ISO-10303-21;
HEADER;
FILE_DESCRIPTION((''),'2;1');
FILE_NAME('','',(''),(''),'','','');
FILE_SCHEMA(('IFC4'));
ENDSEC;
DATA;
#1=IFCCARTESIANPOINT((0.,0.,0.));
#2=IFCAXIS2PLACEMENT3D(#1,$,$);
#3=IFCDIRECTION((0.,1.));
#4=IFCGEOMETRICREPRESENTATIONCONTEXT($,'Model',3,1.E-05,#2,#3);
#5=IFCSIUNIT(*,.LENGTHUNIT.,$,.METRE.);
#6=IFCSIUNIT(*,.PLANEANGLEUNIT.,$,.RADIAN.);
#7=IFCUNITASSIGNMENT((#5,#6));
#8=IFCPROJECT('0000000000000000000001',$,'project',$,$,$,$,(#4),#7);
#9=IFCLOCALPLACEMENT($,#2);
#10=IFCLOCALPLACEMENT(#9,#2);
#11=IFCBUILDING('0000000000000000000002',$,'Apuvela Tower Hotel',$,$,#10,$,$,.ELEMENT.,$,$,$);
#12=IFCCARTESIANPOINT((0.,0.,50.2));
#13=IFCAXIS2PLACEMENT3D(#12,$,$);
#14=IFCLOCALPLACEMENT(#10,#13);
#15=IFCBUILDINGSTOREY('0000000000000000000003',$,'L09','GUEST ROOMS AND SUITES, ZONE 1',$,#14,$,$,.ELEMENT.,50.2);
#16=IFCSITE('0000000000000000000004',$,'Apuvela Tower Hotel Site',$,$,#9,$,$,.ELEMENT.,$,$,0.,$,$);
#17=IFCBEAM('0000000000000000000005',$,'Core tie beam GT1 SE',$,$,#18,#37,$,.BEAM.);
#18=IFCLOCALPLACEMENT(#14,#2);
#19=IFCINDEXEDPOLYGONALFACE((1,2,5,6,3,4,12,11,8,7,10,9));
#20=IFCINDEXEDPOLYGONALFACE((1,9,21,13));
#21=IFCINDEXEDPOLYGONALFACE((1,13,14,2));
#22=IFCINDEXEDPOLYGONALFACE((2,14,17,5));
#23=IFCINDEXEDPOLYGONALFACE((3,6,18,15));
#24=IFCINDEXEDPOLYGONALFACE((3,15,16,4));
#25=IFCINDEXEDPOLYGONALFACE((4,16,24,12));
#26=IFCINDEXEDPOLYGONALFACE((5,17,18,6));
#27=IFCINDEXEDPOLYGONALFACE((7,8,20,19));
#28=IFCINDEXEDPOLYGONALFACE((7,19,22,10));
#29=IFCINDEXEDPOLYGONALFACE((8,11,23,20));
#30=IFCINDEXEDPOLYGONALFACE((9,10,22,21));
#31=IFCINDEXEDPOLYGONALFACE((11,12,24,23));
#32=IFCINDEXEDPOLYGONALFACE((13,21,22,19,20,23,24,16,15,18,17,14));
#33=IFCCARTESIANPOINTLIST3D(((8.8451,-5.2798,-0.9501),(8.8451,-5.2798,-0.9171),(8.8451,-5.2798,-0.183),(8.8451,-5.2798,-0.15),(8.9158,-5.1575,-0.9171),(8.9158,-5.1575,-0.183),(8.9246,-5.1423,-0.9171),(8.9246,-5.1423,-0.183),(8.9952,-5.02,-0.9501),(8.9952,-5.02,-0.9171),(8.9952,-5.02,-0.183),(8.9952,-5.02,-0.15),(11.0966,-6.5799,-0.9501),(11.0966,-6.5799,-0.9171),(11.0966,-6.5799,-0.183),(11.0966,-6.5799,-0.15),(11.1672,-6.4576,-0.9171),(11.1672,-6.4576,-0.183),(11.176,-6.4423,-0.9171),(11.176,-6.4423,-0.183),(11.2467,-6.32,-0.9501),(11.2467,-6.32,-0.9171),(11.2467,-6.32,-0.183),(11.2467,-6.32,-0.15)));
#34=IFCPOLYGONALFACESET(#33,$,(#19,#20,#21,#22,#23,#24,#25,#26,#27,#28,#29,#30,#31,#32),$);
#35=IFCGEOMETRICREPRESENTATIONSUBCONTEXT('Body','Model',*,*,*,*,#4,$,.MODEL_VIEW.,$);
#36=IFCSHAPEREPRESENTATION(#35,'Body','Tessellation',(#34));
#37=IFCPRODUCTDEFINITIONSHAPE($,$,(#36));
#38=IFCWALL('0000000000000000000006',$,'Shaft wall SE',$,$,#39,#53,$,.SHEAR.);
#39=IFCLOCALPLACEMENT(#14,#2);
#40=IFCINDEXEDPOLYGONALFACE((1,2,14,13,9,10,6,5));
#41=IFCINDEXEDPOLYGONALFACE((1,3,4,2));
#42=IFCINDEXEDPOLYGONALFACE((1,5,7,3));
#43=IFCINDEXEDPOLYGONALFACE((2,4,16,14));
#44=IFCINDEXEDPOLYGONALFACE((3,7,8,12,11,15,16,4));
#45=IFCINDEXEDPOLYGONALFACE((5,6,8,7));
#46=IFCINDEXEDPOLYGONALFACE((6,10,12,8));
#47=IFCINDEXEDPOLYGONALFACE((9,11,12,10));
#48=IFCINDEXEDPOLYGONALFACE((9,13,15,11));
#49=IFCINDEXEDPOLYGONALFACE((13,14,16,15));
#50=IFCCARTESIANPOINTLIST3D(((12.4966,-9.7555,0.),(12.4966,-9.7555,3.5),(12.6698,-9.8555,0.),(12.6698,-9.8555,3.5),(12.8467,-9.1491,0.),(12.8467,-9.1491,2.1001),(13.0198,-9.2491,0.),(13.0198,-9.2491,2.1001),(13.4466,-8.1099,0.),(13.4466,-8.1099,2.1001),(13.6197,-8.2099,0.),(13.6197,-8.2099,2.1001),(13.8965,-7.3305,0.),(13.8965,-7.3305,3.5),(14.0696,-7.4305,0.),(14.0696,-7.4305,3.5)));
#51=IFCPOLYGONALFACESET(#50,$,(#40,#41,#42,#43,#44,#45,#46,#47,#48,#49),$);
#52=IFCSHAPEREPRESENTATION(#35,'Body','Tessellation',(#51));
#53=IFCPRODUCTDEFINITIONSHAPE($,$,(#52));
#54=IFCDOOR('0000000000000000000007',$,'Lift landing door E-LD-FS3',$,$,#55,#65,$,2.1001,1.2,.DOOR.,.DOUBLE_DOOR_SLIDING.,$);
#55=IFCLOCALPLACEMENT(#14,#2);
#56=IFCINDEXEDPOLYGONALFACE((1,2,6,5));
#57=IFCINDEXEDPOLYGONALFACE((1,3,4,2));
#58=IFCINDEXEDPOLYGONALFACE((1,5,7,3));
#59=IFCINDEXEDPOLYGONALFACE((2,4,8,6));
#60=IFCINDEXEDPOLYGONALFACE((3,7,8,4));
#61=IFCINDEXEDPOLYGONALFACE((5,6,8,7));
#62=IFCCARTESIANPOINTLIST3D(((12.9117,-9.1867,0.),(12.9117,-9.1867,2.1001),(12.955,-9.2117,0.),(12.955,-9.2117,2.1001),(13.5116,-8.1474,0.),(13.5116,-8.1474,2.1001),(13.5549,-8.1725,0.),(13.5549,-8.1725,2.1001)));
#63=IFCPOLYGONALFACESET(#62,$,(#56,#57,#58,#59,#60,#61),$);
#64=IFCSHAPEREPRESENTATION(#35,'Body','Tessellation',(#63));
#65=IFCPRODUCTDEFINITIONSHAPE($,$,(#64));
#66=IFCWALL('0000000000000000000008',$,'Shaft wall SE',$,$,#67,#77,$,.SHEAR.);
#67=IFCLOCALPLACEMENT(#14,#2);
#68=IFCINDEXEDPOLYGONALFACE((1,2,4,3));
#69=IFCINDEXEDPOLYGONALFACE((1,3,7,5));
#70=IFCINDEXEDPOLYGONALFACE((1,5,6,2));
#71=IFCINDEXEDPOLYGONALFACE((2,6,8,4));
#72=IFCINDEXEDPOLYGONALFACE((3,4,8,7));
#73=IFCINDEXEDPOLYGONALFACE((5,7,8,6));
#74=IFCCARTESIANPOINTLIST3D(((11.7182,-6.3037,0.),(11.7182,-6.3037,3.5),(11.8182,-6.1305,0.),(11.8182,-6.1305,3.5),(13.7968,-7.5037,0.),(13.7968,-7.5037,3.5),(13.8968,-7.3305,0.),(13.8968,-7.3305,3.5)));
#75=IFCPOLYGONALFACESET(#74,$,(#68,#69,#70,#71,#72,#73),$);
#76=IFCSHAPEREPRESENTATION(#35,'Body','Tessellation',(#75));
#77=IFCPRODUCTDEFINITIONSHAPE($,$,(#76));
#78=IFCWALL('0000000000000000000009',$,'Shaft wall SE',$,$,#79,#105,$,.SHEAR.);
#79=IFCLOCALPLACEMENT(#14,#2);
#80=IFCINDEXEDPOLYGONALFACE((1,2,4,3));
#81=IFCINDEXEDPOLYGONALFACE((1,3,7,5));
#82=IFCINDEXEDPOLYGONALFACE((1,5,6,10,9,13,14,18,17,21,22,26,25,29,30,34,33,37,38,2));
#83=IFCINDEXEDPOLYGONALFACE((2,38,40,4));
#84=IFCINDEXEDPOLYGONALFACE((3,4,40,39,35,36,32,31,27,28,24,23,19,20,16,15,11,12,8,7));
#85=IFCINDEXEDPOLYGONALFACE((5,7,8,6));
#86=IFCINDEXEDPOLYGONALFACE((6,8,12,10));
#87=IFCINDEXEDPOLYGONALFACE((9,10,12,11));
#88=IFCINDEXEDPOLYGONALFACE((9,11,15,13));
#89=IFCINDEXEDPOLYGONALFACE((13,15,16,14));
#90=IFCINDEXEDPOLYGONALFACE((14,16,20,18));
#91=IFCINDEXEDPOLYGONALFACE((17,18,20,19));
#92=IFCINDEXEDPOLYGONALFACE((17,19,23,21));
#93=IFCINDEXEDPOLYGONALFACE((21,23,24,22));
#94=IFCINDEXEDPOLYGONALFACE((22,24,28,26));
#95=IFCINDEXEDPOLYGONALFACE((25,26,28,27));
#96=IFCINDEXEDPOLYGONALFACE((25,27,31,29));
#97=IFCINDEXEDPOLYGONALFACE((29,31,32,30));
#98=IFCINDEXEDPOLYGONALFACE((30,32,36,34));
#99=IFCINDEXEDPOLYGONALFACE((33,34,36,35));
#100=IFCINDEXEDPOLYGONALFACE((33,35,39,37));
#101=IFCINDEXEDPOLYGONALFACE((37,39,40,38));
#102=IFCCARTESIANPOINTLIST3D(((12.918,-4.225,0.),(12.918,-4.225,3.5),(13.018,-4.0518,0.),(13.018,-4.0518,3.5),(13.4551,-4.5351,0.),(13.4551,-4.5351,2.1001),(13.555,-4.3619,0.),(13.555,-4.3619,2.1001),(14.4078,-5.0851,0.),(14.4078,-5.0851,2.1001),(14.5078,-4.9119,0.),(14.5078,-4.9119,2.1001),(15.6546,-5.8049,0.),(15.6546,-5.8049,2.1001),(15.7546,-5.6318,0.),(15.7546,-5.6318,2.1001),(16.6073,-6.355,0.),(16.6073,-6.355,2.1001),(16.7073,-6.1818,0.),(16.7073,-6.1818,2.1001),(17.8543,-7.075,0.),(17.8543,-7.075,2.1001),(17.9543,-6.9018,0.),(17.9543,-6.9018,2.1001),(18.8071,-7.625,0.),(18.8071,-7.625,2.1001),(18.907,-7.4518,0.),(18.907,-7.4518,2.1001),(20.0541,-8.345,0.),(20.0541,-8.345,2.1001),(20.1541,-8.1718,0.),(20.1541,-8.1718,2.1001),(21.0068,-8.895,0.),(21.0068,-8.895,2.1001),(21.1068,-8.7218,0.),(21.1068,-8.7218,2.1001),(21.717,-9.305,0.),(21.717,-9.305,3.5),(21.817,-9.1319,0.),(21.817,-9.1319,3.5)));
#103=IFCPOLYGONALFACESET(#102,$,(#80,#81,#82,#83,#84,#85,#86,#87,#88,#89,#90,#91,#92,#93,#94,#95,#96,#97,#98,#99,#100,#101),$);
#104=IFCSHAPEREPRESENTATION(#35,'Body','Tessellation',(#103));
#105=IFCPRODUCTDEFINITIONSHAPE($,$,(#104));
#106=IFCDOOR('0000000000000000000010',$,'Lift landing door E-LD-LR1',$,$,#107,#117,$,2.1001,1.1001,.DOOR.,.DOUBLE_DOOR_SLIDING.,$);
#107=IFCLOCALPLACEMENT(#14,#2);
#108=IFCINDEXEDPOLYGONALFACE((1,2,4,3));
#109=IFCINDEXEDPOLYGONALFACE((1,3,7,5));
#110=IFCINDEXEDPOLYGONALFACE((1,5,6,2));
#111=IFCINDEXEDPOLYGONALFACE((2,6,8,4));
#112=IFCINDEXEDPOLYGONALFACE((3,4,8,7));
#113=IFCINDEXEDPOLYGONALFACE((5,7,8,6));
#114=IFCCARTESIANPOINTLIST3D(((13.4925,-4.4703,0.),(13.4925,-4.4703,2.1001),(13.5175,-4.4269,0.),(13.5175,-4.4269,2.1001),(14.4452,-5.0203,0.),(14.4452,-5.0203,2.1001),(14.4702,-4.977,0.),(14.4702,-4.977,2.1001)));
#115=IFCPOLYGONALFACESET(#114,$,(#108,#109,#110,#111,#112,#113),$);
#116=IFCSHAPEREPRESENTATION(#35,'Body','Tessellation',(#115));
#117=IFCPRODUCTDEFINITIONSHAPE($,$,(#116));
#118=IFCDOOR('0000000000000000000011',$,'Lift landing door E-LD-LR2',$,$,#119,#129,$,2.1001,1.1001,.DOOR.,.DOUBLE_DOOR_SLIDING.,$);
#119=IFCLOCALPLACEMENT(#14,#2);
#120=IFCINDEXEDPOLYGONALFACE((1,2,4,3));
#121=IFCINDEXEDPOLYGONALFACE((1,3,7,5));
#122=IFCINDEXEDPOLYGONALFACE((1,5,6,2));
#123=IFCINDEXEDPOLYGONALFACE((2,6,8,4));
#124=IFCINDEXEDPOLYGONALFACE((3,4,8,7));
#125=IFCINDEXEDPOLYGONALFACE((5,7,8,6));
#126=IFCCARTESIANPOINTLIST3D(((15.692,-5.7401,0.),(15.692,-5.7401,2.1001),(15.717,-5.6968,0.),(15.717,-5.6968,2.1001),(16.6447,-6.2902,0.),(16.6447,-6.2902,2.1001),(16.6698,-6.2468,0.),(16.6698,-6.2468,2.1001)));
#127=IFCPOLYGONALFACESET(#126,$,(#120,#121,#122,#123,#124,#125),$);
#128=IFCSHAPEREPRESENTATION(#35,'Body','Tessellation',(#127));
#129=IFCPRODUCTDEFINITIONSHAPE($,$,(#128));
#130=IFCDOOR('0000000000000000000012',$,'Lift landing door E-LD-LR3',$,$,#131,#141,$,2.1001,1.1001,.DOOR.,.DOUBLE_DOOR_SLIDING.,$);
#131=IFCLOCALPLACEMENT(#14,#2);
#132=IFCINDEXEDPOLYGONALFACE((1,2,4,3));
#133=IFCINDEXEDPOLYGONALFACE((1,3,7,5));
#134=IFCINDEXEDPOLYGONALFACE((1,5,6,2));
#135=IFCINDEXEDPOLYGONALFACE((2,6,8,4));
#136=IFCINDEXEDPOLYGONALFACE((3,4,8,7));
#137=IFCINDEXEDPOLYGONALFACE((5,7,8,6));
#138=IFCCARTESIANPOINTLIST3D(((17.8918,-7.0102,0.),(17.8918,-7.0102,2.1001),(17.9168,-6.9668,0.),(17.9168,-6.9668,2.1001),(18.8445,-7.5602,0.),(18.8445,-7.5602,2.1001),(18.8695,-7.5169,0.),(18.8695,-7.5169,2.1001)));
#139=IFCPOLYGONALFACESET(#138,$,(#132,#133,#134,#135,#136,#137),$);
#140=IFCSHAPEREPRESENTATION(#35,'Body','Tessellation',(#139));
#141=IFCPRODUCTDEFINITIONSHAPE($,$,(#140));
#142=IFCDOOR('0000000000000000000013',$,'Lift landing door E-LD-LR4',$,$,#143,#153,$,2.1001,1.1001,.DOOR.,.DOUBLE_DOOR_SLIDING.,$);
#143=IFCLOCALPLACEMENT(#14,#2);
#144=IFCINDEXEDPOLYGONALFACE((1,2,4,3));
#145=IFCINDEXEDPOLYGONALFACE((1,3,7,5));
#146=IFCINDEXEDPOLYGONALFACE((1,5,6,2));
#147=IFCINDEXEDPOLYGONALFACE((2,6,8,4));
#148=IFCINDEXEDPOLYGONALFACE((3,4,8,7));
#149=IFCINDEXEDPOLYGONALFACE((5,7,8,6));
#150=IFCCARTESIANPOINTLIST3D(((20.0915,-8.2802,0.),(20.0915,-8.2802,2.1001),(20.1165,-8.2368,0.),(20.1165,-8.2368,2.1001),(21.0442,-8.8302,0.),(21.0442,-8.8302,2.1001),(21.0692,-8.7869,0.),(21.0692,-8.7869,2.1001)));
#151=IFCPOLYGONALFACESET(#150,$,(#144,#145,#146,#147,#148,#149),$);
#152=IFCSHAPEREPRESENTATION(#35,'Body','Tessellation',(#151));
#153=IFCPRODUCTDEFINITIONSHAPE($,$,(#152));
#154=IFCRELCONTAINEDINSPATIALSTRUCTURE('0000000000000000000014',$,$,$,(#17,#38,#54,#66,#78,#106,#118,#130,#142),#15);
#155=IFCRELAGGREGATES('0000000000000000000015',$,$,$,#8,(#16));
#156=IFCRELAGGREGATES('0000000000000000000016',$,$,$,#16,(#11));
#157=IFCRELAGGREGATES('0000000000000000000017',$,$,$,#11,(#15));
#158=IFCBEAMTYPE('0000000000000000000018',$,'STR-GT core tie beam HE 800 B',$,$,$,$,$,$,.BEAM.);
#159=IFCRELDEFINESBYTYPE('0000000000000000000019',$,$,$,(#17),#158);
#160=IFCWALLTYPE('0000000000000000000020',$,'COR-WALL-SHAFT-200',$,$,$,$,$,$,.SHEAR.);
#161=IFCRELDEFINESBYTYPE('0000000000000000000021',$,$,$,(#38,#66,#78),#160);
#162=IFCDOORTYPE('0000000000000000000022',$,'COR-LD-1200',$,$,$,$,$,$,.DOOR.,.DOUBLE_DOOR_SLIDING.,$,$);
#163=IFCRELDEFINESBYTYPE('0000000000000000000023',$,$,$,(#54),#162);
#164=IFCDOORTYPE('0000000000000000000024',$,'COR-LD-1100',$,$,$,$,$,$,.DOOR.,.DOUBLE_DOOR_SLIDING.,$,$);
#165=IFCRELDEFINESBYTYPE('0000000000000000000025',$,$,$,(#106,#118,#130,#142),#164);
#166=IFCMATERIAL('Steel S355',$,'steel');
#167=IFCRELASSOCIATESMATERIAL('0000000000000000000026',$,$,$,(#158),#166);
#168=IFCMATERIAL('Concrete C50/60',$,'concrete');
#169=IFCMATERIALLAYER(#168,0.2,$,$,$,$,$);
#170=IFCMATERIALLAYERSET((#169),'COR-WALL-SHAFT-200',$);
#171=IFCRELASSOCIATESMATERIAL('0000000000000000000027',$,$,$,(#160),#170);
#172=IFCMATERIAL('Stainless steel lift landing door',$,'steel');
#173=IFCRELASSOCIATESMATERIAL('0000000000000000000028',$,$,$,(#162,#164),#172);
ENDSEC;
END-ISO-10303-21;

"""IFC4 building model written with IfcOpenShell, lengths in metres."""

from ifc_helpers import new_model, si_unit, direction, frame, frame_2d, origin, origin_2d, place, context, subcontext, project, spatial, rectangle, i_section, extrude, material, layer, layer_set, material_profile, profile_set, type_object, element, fill, save


model = new_model("IFC4")

# Units and contexts
model_context = context("Model", 3, precision=1e-05, world=origin(), true_north=direction((0.0, 1.0)))
body_context = subcontext(model_context, "Body", "Model", "MODEL_VIEW")
ifc_project = project(units=[si_unit("LENGTHUNIT", "METRE"), si_unit("PLANEANGLEUNIT", "RADIAN")], contexts=[model_context])

# Site, building, storey
site_placement = place(None, origin())
site = spatial("IfcSite", under=ifc_project, at=site_placement, Name="Apuvela Tower Hotel Site", CompositionType="ELEMENT", RefElevation=0.0)
building_placement = place(site_placement, origin())
building = spatial("IfcBuilding", under=site, at=building_placement, Name="Apuvela Tower Hotel", CompositionType="ELEMENT")
storey_placement = place(building_placement, frame((0.0, 0.0, 50.2)))
storey = spatial("IfcBuildingStorey", under=building, at=storey_placement, Name="L09", Description="GUEST ROOMS AND SUITES, ZONE 1", CompositionType="ELEMENT", Elevation=50.2)

# Beam
ifc_material_1 = material(Name="Steel S355", Category="steel")
ifc_material_profile = material_profile(ifc_material_1, i_section(OverallWidth=0.3, OverallDepth=0.8, WebThickness=0.0176, FlangeThickness=0.033, at=origin_2d()), Name="HE 800 B")
ifc_profile_set = profile_set([ifc_material_profile], Name="Steel S355")
beam_type = type_object("IfcBeamType", Name="STR-GT core tie beam HE 800 B", PredefinedType="BEAM", material=ifc_profile_set)
beam_placement = place(storey_placement, frame((11.1716, -6.45, -0.55), z_axis=(-0.865998, 0.500048, 0.0), x_axis=(-0.500048, -0.865998, 0.0)))
element("IfcBeam", 1, at=beam_placement, inside=storey, type_object=beam_type, Name="Core tie beam GT1 SE", PredefinedType="BEAM", context=body_context, shape_type="SweptSolid", body=[
    extrude(i_section(OverallWidth=0.3, OverallDepth=0.8, WebThickness=0.0176, FlangeThickness=0.033, at=origin_2d()), origin(), (0.0, 0.0, 1.0), 2.5999),
])

# Wall, opening, door
ifc_material_2 = material(Name="Concrete C50/60", Category="concrete")
ifc_layer_1 = layer(ifc_material_2, 0.2)
ifc_layer_set_1 = layer_set([ifc_layer_1], Name="COR-WALL-SHAFT-200")
wall_type_1 = type_object("IfcWallType", Name="COR-WALL-SHAFT-200", PredefinedType="SHEAR", material=ifc_layer_set_1)
wall_1_placement = place(storey_placement, frame((12.5833, -9.8054, 0.0), z_axis=(0.0, 0.0, 1.0), x_axis=(0.499946, 0.866056, 0.0)))
wall_1 = element("IfcWall", 2, at=wall_1_placement, inside=storey, type_object=wall_type_1, Name="Shaft wall SE", PredefinedType="SHEAR", context=body_context, shape_type="SweptSolid", body=[
    extrude(rectangle(XDim=2.8, YDim=0.2, at=frame_2d((1.3999, 0.0))), origin(), (0.0, 0.0, 1.0), 3.5),
])
opening_1_placement = place(wall_1_placement, frame((0.7, 0.0, 0.0)))
opening_1 = element("IfcOpeningElement", 3, at=opening_1_placement, cuts=wall_1, PredefinedType="OPENING", context=body_context, shape_type="SweptSolid", body=[
    extrude(rectangle(XDim=1.2, YDim=2.1001, at=frame_2d((0.6001, 1.05))), frame((0.0, 0.1099, 0.0), z_axis=(0.0, -1.0, 0.0), x_axis=(1.0, 0.0, 0.0)), (0.0, 0.0, 1.0), 0.22),
])
ifc_material_3 = material(Name="Stainless steel lift landing door", Category="steel")
door_type_1 = type_object("IfcDoorType", Name="COR-LD-1200", OperationType="DOUBLE_DOOR_SLIDING", PredefinedType="DOOR", material=ifc_material_3)
door_1_placement = place(opening_1_placement, origin())
door_1 = element("IfcDoor", 4, at=door_1_placement, inside=storey, type_object=door_type_1, Name="Lift landing door E-LD-FS3", OperationType="DOUBLE_DOOR_SLIDING", OverallHeight=2.1001, OverallWidth=1.2, PredefinedType="DOOR", context=body_context, shape_type="SweptSolid", body=[
    extrude(rectangle(XDim=1.2, YDim=2.1001, at=frame_2d((0.6001, 1.05))), frame((0.0, 0.0249, 0.0), z_axis=(0.0, -1.0, 0.0), x_axis=(1.0, 0.0, 0.0)), (0.0, 0.0, 1.0), 0.05),
])
fill(opening_1, door_1)

# Wall
wall_2_placement = place(storey_placement, frame((11.7681, -6.217, 0.0), z_axis=(0.0, 0.0, 1.0), x_axis=(0.86605, -0.499957, 0.0)))
element("IfcWall", 5, at=wall_2_placement, inside=storey, type_object=wall_type_1, Name="Shaft wall SE", PredefinedType="SHEAR", context=body_context, shape_type="SweptSolid", body=[
    extrude(rectangle(XDim=2.4001, YDim=0.2, at=frame_2d((1.2002, 0.0))), origin(), (0.0, 0.0, 1.0), 3.5),
])

# Wall, openings, doors
wall_3_placement = place(storey_placement, frame((12.968, -4.1384, 0.0), z_axis=(0.0, 0.0, 1.0), x_axis=(0.866028, -0.499995, 0.0)))
wall_3 = element("IfcWall", 6, at=wall_3_placement, inside=storey, type_object=wall_type_1, Name="Shaft wall SE", PredefinedType="SHEAR", context=body_context, shape_type="SweptSolid", body=[
    extrude(rectangle(XDim=10.1602, YDim=0.2, at=frame_2d((5.0801, 0.0))), origin(), (0.0, 0.0, 1.0), 3.5),
])
opening_2_placement = place(wall_3_placement, frame((0.6201, 0.0, 0.0)))
opening_2 = element("IfcOpeningElement", 7, at=opening_2_placement, cuts=wall_3, PredefinedType="OPENING", context=body_context, shape_type="SweptSolid", body=[
    extrude(rectangle(XDim=1.1001, YDim=2.1001, at=frame_2d((0.55, 1.05))), frame((0.0, 0.1099, 0.0), z_axis=(0.0, -1.0, 0.0), x_axis=(1.0, 0.0, 0.0)), (0.0, 0.0, 1.0), 0.22),
])
opening_3_placement = place(wall_3_placement, frame((3.1599, 0.0, 0.0)))
opening_3 = element("IfcOpeningElement", 8, at=opening_3_placement, cuts=wall_3, PredefinedType="OPENING", context=body_context, shape_type="SweptSolid", body=[
    extrude(rectangle(XDim=1.1001, YDim=2.1001, at=frame_2d((0.55, 1.05))), frame((0.0, 0.1099, 0.0), z_axis=(0.0, -1.0, 0.0), x_axis=(1.0, 0.0, 0.0)), (0.0, 0.0, 1.0), 0.22),
])
opening_4_placement = place(wall_3_placement, frame((5.7, 0.0, 0.0)))
opening_4 = element("IfcOpeningElement", 9, at=opening_4_placement, cuts=wall_3, PredefinedType="OPENING", context=body_context, shape_type="SweptSolid", body=[
    extrude(rectangle(XDim=1.1001, YDim=2.1001, at=frame_2d((0.55, 1.05))), frame((0.0, 0.1099, 0.0), z_axis=(0.0, -1.0, 0.0), x_axis=(1.0, 0.0, 0.0)), (0.0, 0.0, 1.0), 0.22),
])
opening_5_placement = place(wall_3_placement, frame((8.24, 0.0, 0.0)))
opening_5 = element("IfcOpeningElement", 10, at=opening_5_placement, cuts=wall_3, PredefinedType="OPENING", context=body_context, shape_type="SweptSolid", body=[
    extrude(rectangle(XDim=1.1001, YDim=2.1001, at=frame_2d((0.55, 1.05))), frame((0.0, 0.1099, 0.0), z_axis=(0.0, -1.0, 0.0), x_axis=(1.0, 0.0, 0.0)), (0.0, 0.0, 1.0), 0.22),
])
door_type_2 = type_object("IfcDoorType", Name="COR-LD-1100", OperationType="DOUBLE_DOOR_SLIDING", PredefinedType="DOOR", material=ifc_material_3)
door_2_placement = place(opening_2_placement, origin())
door_2 = element("IfcDoor", 11, at=door_2_placement, inside=storey, type_object=door_type_2, Name="Lift landing door E-LD-LR1", OperationType="DOUBLE_DOOR_SLIDING", OverallHeight=2.1001, OverallWidth=1.1001, PredefinedType="DOOR", context=body_context, shape_type="SweptSolid", body=[
    extrude(rectangle(XDim=1.1001, YDim=2.1001, at=frame_2d((0.55, 1.05))), frame((0.0, 0.0249, 0.0), z_axis=(0.0, -1.0, 0.0), x_axis=(1.0, 0.0, 0.0)), (0.0, 0.0, 1.0), 0.05),
])
fill(opening_2, door_2)
door_3_placement = place(opening_3_placement, origin())
door_3 = element("IfcDoor", 12, at=door_3_placement, inside=storey, type_object=door_type_2, Name="Lift landing door E-LD-LR2", OperationType="DOUBLE_DOOR_SLIDING", OverallHeight=2.1001, OverallWidth=1.1001, PredefinedType="DOOR", context=body_context, shape_type="SweptSolid", body=[
    extrude(rectangle(XDim=1.1001, YDim=2.1001, at=frame_2d((0.55, 1.05))), frame((0.0, 0.0249, 0.0), z_axis=(0.0, -1.0, 0.0), x_axis=(1.0, 0.0, 0.0)), (0.0, 0.0, 1.0), 0.05),
])
fill(opening_3, door_3)
door_4_placement = place(opening_4_placement, origin())
door_4 = element("IfcDoor", 13, at=door_4_placement, inside=storey, type_object=door_type_2, Name="Lift landing door E-LD-LR3", OperationType="DOUBLE_DOOR_SLIDING", OverallHeight=2.1001, OverallWidth=1.1001, PredefinedType="DOOR", context=body_context, shape_type="SweptSolid", body=[
    extrude(rectangle(XDim=1.1001, YDim=2.1001, at=frame_2d((0.55, 1.05))), frame((0.0, 0.0249, 0.0), z_axis=(0.0, -1.0, 0.0), x_axis=(1.0, 0.0, 0.0)), (0.0, 0.0, 1.0), 0.05),
])
fill(opening_4, door_4)
door_5_placement = place(opening_5_placement, origin())
door_5 = element("IfcDoor", 14, at=door_5_placement, inside=storey, type_object=door_type_2, Name="Lift landing door E-LD-LR4", OperationType="DOUBLE_DOOR_SLIDING", OverallHeight=2.1001, OverallWidth=1.1001, PredefinedType="DOOR", context=body_context, shape_type="SweptSolid", body=[
    extrude(rectangle(XDim=1.1001, YDim=2.1001, at=frame_2d((0.55, 1.05))), frame((0.0, 0.0249, 0.0), z_axis=(0.0, -1.0, 0.0), x_axis=(1.0, 0.0, 0.0)), (0.0, 0.0, 1.0), 0.05),
])
fill(opening_5, door_5)

save(model, "model.ifc")
